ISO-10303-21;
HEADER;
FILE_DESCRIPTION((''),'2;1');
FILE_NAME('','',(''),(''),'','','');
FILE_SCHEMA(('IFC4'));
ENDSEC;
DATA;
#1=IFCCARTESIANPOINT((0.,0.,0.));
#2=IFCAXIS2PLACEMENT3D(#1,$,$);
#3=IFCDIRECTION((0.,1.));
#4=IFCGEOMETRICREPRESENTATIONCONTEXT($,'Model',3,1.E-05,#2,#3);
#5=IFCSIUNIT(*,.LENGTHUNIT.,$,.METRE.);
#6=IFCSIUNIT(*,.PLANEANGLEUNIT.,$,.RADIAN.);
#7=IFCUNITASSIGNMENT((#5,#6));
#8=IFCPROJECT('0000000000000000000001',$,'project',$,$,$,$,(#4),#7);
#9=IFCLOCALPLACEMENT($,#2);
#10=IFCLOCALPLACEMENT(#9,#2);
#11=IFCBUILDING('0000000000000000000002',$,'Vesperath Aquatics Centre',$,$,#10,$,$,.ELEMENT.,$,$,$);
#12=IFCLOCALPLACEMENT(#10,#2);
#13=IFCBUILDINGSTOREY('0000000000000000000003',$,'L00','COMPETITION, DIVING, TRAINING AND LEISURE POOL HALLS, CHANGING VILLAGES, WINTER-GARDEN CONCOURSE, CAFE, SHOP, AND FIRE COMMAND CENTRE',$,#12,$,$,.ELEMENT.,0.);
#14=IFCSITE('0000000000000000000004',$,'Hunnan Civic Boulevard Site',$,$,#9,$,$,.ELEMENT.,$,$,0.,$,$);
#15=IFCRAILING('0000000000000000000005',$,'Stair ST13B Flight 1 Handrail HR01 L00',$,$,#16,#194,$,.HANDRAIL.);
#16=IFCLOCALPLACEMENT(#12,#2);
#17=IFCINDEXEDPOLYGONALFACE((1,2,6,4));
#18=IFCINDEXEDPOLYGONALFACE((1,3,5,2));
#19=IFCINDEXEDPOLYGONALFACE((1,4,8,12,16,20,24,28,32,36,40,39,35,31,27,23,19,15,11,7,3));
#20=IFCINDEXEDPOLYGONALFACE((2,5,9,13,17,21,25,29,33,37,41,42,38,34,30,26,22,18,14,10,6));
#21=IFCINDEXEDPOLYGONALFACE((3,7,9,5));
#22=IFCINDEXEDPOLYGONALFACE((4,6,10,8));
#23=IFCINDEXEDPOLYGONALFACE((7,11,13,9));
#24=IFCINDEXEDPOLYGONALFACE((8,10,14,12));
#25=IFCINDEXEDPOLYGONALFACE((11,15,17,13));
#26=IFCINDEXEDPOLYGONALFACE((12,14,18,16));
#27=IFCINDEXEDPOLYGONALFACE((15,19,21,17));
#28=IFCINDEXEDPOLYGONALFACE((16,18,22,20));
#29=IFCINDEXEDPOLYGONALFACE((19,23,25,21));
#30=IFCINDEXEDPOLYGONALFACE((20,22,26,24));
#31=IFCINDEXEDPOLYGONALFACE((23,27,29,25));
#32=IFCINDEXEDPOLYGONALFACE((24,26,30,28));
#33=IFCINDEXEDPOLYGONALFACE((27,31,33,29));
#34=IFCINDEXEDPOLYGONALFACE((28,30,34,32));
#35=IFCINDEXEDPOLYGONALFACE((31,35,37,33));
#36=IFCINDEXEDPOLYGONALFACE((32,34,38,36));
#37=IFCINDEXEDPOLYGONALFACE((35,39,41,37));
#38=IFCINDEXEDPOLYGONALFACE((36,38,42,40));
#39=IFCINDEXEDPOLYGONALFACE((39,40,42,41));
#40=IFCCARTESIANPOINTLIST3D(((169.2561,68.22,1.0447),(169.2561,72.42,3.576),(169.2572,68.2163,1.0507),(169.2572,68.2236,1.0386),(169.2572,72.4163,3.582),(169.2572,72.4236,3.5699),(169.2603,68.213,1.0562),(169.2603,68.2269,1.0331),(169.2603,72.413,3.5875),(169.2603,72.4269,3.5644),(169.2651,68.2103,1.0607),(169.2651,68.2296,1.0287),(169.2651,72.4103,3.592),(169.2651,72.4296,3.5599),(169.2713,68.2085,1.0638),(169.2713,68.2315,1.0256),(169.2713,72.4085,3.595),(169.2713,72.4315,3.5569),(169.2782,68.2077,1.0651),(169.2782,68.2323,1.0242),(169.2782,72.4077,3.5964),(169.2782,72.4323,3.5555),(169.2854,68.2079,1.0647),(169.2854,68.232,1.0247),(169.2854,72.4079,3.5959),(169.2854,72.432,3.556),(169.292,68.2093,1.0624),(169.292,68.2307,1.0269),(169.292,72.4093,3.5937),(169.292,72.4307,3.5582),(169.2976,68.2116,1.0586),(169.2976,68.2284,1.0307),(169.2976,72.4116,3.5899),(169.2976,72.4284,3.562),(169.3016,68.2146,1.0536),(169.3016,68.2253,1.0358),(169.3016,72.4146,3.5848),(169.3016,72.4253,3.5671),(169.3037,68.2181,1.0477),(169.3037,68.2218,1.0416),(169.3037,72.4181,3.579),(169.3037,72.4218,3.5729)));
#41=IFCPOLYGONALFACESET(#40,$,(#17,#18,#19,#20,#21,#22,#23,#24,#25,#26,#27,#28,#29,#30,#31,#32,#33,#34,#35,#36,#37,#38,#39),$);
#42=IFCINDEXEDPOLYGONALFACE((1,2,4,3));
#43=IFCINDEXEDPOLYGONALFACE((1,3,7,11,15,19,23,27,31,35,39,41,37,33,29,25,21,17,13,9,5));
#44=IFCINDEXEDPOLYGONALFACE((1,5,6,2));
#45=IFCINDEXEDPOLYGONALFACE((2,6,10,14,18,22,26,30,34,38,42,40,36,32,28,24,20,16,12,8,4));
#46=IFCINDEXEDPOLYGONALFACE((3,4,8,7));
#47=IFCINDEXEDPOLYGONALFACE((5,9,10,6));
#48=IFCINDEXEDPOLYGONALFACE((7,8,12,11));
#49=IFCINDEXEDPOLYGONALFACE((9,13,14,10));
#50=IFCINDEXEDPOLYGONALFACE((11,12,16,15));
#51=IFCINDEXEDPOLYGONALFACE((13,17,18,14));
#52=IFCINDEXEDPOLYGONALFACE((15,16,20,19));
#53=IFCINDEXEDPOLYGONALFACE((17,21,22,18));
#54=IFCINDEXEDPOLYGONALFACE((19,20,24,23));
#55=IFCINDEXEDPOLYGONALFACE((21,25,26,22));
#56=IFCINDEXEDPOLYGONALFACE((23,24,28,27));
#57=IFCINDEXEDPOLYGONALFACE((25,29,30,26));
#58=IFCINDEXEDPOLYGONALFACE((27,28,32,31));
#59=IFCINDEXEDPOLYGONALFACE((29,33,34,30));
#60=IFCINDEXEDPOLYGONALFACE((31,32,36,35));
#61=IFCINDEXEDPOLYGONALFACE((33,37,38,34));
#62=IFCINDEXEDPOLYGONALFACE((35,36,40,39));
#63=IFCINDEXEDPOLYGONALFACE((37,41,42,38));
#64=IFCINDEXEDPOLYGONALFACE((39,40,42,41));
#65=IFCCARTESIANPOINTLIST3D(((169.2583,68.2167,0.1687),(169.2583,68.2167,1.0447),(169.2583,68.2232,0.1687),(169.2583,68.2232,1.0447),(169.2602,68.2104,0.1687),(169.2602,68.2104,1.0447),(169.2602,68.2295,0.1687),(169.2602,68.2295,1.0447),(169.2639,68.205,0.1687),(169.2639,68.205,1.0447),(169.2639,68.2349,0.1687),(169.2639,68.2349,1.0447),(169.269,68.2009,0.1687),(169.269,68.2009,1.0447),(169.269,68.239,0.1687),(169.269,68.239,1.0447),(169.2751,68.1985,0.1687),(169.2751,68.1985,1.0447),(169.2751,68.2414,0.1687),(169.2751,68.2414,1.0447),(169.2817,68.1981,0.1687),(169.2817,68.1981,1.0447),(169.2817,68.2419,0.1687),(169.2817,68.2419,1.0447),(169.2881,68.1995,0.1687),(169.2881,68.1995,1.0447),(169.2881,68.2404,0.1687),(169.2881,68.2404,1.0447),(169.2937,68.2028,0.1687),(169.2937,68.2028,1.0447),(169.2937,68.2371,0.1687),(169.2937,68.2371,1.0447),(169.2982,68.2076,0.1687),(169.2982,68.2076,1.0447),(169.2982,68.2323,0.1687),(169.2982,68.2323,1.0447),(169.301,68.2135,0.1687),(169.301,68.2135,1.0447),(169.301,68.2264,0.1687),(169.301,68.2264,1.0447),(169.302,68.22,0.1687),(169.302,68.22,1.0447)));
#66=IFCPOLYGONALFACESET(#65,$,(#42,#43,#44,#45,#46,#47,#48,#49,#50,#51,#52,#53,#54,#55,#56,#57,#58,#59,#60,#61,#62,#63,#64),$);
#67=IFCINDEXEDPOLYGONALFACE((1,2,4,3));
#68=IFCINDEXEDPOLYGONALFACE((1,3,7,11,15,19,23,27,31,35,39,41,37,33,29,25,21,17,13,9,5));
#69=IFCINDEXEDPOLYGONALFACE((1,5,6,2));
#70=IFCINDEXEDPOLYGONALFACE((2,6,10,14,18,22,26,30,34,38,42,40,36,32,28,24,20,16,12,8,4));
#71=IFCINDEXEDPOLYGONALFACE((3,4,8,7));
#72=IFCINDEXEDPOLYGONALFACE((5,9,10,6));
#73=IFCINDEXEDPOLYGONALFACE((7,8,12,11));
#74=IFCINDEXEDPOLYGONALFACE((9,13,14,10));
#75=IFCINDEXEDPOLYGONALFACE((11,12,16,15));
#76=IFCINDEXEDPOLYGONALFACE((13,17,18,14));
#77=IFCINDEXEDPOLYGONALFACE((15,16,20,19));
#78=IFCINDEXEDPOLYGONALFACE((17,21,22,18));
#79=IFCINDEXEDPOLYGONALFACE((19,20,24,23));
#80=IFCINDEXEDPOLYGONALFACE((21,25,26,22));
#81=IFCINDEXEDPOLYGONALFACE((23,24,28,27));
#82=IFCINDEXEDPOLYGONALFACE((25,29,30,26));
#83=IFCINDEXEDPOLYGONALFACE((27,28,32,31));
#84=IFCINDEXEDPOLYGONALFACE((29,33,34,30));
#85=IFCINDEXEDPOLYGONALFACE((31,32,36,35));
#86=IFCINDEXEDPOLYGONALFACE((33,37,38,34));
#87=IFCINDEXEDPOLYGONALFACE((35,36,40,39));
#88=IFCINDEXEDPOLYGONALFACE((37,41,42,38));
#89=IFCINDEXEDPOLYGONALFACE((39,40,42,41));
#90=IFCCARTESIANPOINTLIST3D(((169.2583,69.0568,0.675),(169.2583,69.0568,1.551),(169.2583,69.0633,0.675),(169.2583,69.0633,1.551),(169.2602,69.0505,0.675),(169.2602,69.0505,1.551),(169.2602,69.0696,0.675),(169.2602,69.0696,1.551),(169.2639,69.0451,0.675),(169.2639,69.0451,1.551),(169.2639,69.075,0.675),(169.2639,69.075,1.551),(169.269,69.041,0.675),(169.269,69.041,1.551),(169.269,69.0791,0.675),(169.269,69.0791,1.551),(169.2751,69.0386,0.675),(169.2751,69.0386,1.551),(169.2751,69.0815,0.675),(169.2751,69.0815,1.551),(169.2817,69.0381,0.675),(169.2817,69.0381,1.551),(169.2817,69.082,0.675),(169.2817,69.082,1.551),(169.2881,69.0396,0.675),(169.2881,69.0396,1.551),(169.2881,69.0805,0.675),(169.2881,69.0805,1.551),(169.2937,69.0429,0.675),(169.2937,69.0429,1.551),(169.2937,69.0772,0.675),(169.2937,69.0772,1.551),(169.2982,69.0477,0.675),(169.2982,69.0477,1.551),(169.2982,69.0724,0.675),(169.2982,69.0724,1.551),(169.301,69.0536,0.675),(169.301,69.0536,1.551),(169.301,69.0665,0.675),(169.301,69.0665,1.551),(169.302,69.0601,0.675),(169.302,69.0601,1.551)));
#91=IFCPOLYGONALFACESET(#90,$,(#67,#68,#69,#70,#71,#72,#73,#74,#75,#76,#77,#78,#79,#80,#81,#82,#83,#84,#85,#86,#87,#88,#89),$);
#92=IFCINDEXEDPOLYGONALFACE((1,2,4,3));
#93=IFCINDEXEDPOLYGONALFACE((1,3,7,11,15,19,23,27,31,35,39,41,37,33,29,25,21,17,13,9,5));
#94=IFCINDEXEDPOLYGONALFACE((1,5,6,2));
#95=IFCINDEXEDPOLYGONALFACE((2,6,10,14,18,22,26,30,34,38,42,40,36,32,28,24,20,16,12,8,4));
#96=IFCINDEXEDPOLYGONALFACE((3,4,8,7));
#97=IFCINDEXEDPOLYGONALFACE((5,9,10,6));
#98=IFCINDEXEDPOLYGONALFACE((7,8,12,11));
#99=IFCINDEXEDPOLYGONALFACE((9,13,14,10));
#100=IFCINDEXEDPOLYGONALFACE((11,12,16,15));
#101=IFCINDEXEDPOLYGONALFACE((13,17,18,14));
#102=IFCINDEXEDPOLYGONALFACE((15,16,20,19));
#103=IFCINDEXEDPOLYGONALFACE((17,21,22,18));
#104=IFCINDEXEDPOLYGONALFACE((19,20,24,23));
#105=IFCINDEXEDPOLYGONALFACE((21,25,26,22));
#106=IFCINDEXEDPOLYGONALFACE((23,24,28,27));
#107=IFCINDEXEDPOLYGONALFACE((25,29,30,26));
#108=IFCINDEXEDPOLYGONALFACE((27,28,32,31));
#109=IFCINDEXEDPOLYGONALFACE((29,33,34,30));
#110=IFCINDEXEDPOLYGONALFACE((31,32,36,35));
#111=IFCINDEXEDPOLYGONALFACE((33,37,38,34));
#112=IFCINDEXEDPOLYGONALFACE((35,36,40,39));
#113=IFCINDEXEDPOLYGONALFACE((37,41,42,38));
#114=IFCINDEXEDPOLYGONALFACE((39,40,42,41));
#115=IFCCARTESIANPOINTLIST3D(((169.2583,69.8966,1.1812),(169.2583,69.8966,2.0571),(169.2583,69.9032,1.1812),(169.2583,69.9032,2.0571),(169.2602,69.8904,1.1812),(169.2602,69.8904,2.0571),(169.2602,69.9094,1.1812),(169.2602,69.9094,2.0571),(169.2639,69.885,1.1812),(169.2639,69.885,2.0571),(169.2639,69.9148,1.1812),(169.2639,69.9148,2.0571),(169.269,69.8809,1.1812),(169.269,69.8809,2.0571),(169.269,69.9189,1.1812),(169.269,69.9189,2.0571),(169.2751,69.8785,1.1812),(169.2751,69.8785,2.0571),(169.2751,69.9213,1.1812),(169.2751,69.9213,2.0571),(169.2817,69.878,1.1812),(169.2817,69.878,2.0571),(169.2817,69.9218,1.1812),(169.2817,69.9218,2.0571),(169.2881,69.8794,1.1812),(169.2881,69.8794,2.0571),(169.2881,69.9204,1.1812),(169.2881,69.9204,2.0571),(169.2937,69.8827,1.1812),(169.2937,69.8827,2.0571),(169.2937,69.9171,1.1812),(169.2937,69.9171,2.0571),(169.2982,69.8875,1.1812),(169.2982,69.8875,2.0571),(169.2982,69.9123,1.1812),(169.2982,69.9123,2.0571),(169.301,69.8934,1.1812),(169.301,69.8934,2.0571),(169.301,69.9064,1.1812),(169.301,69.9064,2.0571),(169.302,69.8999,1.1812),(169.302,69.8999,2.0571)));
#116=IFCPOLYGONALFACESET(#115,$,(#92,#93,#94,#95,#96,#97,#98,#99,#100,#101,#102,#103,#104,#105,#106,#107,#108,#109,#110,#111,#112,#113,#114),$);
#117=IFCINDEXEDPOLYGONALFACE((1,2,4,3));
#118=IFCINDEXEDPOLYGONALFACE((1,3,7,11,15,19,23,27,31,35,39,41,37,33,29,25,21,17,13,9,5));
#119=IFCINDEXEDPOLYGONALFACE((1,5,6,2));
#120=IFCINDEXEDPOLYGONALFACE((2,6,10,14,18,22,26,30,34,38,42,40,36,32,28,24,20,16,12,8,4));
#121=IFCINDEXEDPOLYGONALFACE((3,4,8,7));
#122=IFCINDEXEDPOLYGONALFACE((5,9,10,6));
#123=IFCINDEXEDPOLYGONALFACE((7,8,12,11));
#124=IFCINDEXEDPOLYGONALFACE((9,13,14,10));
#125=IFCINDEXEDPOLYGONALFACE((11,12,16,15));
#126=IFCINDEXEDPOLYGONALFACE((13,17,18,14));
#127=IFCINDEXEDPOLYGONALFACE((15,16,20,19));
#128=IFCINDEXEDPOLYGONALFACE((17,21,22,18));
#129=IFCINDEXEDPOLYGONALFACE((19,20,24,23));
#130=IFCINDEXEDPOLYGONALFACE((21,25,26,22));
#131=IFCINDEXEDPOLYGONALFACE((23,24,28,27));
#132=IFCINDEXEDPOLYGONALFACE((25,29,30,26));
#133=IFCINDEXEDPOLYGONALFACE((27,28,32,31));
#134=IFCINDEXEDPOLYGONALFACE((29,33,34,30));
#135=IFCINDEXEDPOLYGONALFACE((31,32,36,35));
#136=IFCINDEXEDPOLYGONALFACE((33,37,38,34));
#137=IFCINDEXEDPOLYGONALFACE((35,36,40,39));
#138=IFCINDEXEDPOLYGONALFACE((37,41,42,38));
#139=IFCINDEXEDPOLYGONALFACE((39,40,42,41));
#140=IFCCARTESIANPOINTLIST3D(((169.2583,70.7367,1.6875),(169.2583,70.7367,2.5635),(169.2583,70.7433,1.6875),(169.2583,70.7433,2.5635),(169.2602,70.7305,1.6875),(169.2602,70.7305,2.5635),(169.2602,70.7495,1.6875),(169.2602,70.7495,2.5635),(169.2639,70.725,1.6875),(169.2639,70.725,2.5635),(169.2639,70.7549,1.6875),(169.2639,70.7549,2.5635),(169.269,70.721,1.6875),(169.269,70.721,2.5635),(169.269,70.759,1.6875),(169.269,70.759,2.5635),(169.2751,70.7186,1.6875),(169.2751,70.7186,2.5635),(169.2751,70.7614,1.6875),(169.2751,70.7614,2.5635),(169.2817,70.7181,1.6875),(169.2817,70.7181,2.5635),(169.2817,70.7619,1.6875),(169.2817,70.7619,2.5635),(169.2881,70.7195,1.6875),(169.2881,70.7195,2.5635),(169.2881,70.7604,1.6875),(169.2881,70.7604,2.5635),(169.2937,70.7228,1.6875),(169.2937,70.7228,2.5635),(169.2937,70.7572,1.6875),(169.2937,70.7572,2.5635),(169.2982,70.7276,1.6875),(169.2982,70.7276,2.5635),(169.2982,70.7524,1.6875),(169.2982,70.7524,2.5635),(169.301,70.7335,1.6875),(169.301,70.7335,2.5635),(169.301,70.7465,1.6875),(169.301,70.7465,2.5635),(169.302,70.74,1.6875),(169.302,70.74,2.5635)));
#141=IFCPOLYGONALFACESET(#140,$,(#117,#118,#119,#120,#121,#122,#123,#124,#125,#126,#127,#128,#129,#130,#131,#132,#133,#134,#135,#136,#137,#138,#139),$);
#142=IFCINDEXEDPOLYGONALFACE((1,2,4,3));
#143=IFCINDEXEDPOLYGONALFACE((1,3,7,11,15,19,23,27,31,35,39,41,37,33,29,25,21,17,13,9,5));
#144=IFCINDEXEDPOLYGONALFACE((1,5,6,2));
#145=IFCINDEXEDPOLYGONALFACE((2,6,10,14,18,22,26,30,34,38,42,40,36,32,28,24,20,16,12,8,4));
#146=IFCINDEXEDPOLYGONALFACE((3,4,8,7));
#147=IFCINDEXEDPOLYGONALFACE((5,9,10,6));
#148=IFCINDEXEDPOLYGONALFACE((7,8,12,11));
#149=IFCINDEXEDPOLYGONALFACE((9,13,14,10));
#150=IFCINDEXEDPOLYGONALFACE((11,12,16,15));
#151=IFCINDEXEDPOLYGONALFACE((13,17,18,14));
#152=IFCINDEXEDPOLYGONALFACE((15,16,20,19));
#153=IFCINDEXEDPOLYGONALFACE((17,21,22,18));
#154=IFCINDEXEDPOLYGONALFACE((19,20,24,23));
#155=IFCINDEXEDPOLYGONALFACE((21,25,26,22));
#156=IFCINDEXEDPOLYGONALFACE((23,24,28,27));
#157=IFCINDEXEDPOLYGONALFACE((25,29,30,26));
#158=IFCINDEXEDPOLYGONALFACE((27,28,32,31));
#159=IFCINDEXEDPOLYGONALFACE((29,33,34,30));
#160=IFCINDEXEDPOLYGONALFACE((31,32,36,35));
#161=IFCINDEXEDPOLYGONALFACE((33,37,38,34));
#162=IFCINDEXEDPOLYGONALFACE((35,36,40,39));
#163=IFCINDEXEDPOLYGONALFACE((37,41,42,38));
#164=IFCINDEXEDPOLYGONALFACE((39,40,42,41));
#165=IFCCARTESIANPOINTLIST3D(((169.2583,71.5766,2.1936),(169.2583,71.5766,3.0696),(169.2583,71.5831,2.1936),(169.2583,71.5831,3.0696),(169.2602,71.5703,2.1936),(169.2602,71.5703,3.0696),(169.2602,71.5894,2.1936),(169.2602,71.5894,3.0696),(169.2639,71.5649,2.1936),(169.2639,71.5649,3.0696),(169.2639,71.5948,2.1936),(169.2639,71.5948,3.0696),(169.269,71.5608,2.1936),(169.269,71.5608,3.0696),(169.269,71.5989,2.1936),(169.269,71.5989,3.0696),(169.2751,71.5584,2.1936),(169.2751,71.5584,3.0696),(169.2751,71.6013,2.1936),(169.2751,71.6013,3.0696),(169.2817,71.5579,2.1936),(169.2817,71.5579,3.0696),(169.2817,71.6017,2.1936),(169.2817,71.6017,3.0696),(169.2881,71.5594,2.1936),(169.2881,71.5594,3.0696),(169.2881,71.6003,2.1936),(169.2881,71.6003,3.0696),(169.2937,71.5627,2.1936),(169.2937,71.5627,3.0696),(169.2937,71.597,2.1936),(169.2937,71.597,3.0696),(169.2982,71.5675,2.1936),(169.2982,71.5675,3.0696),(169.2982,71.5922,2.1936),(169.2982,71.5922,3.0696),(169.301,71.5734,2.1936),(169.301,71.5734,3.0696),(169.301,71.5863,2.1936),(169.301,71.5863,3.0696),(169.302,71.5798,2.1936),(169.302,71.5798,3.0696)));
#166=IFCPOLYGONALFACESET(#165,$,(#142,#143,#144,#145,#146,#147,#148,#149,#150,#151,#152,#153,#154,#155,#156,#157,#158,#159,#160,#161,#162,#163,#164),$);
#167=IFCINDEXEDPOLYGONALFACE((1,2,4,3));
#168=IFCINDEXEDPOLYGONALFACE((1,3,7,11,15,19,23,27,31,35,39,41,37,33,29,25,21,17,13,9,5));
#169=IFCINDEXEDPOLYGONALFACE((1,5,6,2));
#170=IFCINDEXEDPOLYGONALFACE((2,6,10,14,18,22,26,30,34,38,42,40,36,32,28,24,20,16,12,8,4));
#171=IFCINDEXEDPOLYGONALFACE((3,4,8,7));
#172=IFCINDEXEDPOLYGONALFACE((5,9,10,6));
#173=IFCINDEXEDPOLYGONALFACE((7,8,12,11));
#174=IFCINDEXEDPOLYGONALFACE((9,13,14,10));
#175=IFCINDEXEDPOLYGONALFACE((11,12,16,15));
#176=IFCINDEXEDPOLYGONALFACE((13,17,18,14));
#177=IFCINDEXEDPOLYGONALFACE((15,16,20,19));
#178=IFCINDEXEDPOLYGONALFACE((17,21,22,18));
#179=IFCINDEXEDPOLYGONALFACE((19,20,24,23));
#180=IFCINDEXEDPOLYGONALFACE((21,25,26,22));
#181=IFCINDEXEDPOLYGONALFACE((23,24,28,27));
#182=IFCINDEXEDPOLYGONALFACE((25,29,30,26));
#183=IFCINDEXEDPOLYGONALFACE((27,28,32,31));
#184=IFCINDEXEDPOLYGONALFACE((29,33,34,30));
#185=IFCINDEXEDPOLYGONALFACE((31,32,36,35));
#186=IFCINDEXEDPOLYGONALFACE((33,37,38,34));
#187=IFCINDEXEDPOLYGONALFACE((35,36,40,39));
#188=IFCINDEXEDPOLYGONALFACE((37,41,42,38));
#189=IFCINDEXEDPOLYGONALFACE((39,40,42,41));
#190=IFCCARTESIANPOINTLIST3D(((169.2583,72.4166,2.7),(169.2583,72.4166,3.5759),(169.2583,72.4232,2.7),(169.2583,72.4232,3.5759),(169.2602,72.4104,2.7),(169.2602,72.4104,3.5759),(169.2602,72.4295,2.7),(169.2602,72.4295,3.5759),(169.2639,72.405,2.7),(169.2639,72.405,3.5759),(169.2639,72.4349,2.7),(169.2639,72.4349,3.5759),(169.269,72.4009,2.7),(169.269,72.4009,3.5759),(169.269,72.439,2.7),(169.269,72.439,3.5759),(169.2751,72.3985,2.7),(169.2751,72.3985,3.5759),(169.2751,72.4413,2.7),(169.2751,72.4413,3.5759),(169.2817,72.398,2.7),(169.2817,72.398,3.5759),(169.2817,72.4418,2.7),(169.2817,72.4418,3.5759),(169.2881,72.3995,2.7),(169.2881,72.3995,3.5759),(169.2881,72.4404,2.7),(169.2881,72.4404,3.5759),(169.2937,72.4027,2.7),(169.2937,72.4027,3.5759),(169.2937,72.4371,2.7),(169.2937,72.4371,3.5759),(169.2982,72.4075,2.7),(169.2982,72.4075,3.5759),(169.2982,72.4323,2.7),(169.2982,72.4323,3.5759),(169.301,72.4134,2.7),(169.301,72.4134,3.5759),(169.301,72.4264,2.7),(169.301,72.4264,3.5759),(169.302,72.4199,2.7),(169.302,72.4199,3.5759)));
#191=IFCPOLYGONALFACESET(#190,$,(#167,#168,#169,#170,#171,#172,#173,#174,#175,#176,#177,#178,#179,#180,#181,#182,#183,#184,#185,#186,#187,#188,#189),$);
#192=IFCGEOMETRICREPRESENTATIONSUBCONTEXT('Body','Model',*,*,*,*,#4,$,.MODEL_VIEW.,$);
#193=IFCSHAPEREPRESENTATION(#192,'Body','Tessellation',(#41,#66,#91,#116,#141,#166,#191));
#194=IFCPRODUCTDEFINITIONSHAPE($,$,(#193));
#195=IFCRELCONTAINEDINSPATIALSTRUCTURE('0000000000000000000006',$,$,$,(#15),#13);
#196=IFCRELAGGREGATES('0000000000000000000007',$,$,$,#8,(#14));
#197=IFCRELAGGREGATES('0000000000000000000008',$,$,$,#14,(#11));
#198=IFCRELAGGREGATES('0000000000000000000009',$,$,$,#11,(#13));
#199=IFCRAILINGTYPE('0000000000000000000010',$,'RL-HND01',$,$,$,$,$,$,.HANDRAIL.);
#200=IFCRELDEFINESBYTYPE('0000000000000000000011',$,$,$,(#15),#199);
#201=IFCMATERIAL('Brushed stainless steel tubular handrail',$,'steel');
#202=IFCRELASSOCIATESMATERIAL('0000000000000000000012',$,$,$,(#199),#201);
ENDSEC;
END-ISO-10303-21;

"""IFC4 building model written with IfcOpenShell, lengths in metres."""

from ifc_helpers import new_model, si_unit, direction, frame, origin, origin_2d, place, context, subcontext, project, spatial, circle, extrude, material, type_object, element, save


model = new_model("IFC4")

# Units and contexts
model_context = context("Model", 3, precision=1e-05, world=origin(), true_north=direction((0.0, 1.0)))
body_context = subcontext(model_context, "Body", "Model", "MODEL_VIEW")
ifc_project = project(units=[si_unit("LENGTHUNIT", "METRE"), si_unit("PLANEANGLEUNIT", "RADIAN")], contexts=[model_context])

# Site, building, storey
site_placement = place(None, origin())
site = spatial("IfcSite", under=ifc_project, at=site_placement, Name="Hunnan Civic Boulevard Site", CompositionType="ELEMENT", RefElevation=0.0)
building_placement = place(site_placement, origin())
building = spatial("IfcBuilding", under=site, at=building_placement, Name="Vesperath Aquatics Centre", CompositionType="ELEMENT")
storey_placement = place(building_placement, origin())
storey = spatial("IfcBuildingStorey", under=building, at=storey_placement, Name="L00", Description="COMPETITION, DIVING, TRAINING AND LEISURE POOL HALLS, CHANGING VILLAGES, WINTER-GARDEN CONCOURSE, CAFE, SHOP, AND FIRE COMMAND CENTRE", CompositionType="ELEMENT", Elevation=0.0)

# Railing
ifc_material_1 = material(Name="Brushed stainless steel tubular handrail", Category="steel")
railing_type_1 = type_object("IfcRailingType", Name="RL-HND01", PredefinedType="HANDRAIL", material=ifc_material_1)
railing_1_placement = place(storey_placement, frame((169.28, 68.22, 0.1687)))
element("IfcRailing", 1, at=railing_1_placement, inside=storey, type_object=railing_type_1, Name="Stair ST13B Flight 1 Handrail HR01 L00", PredefinedType="HANDRAIL", context=body_context, shape_type="SweptSolid", body=[
    extrude(circle(Radius=0.0239, at=origin_2d()), frame((0.0, 0.0, 0.876), z_axis=(0.0, 0.856476, 0.516186), x_axis=(-1.0, 0.0, 0.0)), (0.0, 0.0, 1.0), 4.9038),
    extrude(circle(Radius=0.022, at=origin_2d()), origin(), (0.0, 0.0, 1.0), 0.876),
    extrude(circle(Radius=0.022, at=origin_2d()), frame((0.0, 0.8401, 0.5063)), (0.0, 0.0, 1.0), 0.876),
    extrude(circle(Radius=0.022, at=origin_2d()), frame((0.0, 1.6799, 1.0125)), (0.0, 0.0, 1.0), 0.876),
    extrude(circle(Radius=0.022, at=origin_2d()), frame((0.0, 2.52, 1.5188)), (0.0, 0.0, 1.0), 0.876),
    extrude(circle(Radius=0.022, at=origin_2d()), frame((0.0, 3.3599, 2.0249)), (0.0, 0.0, 1.0), 0.876),
    extrude(circle(Radius=0.022, at=origin_2d()), frame((0.0, 4.2, 2.5312)), (0.0, 0.0, 1.0), 0.876),
])

save(model, "model.ifc")
